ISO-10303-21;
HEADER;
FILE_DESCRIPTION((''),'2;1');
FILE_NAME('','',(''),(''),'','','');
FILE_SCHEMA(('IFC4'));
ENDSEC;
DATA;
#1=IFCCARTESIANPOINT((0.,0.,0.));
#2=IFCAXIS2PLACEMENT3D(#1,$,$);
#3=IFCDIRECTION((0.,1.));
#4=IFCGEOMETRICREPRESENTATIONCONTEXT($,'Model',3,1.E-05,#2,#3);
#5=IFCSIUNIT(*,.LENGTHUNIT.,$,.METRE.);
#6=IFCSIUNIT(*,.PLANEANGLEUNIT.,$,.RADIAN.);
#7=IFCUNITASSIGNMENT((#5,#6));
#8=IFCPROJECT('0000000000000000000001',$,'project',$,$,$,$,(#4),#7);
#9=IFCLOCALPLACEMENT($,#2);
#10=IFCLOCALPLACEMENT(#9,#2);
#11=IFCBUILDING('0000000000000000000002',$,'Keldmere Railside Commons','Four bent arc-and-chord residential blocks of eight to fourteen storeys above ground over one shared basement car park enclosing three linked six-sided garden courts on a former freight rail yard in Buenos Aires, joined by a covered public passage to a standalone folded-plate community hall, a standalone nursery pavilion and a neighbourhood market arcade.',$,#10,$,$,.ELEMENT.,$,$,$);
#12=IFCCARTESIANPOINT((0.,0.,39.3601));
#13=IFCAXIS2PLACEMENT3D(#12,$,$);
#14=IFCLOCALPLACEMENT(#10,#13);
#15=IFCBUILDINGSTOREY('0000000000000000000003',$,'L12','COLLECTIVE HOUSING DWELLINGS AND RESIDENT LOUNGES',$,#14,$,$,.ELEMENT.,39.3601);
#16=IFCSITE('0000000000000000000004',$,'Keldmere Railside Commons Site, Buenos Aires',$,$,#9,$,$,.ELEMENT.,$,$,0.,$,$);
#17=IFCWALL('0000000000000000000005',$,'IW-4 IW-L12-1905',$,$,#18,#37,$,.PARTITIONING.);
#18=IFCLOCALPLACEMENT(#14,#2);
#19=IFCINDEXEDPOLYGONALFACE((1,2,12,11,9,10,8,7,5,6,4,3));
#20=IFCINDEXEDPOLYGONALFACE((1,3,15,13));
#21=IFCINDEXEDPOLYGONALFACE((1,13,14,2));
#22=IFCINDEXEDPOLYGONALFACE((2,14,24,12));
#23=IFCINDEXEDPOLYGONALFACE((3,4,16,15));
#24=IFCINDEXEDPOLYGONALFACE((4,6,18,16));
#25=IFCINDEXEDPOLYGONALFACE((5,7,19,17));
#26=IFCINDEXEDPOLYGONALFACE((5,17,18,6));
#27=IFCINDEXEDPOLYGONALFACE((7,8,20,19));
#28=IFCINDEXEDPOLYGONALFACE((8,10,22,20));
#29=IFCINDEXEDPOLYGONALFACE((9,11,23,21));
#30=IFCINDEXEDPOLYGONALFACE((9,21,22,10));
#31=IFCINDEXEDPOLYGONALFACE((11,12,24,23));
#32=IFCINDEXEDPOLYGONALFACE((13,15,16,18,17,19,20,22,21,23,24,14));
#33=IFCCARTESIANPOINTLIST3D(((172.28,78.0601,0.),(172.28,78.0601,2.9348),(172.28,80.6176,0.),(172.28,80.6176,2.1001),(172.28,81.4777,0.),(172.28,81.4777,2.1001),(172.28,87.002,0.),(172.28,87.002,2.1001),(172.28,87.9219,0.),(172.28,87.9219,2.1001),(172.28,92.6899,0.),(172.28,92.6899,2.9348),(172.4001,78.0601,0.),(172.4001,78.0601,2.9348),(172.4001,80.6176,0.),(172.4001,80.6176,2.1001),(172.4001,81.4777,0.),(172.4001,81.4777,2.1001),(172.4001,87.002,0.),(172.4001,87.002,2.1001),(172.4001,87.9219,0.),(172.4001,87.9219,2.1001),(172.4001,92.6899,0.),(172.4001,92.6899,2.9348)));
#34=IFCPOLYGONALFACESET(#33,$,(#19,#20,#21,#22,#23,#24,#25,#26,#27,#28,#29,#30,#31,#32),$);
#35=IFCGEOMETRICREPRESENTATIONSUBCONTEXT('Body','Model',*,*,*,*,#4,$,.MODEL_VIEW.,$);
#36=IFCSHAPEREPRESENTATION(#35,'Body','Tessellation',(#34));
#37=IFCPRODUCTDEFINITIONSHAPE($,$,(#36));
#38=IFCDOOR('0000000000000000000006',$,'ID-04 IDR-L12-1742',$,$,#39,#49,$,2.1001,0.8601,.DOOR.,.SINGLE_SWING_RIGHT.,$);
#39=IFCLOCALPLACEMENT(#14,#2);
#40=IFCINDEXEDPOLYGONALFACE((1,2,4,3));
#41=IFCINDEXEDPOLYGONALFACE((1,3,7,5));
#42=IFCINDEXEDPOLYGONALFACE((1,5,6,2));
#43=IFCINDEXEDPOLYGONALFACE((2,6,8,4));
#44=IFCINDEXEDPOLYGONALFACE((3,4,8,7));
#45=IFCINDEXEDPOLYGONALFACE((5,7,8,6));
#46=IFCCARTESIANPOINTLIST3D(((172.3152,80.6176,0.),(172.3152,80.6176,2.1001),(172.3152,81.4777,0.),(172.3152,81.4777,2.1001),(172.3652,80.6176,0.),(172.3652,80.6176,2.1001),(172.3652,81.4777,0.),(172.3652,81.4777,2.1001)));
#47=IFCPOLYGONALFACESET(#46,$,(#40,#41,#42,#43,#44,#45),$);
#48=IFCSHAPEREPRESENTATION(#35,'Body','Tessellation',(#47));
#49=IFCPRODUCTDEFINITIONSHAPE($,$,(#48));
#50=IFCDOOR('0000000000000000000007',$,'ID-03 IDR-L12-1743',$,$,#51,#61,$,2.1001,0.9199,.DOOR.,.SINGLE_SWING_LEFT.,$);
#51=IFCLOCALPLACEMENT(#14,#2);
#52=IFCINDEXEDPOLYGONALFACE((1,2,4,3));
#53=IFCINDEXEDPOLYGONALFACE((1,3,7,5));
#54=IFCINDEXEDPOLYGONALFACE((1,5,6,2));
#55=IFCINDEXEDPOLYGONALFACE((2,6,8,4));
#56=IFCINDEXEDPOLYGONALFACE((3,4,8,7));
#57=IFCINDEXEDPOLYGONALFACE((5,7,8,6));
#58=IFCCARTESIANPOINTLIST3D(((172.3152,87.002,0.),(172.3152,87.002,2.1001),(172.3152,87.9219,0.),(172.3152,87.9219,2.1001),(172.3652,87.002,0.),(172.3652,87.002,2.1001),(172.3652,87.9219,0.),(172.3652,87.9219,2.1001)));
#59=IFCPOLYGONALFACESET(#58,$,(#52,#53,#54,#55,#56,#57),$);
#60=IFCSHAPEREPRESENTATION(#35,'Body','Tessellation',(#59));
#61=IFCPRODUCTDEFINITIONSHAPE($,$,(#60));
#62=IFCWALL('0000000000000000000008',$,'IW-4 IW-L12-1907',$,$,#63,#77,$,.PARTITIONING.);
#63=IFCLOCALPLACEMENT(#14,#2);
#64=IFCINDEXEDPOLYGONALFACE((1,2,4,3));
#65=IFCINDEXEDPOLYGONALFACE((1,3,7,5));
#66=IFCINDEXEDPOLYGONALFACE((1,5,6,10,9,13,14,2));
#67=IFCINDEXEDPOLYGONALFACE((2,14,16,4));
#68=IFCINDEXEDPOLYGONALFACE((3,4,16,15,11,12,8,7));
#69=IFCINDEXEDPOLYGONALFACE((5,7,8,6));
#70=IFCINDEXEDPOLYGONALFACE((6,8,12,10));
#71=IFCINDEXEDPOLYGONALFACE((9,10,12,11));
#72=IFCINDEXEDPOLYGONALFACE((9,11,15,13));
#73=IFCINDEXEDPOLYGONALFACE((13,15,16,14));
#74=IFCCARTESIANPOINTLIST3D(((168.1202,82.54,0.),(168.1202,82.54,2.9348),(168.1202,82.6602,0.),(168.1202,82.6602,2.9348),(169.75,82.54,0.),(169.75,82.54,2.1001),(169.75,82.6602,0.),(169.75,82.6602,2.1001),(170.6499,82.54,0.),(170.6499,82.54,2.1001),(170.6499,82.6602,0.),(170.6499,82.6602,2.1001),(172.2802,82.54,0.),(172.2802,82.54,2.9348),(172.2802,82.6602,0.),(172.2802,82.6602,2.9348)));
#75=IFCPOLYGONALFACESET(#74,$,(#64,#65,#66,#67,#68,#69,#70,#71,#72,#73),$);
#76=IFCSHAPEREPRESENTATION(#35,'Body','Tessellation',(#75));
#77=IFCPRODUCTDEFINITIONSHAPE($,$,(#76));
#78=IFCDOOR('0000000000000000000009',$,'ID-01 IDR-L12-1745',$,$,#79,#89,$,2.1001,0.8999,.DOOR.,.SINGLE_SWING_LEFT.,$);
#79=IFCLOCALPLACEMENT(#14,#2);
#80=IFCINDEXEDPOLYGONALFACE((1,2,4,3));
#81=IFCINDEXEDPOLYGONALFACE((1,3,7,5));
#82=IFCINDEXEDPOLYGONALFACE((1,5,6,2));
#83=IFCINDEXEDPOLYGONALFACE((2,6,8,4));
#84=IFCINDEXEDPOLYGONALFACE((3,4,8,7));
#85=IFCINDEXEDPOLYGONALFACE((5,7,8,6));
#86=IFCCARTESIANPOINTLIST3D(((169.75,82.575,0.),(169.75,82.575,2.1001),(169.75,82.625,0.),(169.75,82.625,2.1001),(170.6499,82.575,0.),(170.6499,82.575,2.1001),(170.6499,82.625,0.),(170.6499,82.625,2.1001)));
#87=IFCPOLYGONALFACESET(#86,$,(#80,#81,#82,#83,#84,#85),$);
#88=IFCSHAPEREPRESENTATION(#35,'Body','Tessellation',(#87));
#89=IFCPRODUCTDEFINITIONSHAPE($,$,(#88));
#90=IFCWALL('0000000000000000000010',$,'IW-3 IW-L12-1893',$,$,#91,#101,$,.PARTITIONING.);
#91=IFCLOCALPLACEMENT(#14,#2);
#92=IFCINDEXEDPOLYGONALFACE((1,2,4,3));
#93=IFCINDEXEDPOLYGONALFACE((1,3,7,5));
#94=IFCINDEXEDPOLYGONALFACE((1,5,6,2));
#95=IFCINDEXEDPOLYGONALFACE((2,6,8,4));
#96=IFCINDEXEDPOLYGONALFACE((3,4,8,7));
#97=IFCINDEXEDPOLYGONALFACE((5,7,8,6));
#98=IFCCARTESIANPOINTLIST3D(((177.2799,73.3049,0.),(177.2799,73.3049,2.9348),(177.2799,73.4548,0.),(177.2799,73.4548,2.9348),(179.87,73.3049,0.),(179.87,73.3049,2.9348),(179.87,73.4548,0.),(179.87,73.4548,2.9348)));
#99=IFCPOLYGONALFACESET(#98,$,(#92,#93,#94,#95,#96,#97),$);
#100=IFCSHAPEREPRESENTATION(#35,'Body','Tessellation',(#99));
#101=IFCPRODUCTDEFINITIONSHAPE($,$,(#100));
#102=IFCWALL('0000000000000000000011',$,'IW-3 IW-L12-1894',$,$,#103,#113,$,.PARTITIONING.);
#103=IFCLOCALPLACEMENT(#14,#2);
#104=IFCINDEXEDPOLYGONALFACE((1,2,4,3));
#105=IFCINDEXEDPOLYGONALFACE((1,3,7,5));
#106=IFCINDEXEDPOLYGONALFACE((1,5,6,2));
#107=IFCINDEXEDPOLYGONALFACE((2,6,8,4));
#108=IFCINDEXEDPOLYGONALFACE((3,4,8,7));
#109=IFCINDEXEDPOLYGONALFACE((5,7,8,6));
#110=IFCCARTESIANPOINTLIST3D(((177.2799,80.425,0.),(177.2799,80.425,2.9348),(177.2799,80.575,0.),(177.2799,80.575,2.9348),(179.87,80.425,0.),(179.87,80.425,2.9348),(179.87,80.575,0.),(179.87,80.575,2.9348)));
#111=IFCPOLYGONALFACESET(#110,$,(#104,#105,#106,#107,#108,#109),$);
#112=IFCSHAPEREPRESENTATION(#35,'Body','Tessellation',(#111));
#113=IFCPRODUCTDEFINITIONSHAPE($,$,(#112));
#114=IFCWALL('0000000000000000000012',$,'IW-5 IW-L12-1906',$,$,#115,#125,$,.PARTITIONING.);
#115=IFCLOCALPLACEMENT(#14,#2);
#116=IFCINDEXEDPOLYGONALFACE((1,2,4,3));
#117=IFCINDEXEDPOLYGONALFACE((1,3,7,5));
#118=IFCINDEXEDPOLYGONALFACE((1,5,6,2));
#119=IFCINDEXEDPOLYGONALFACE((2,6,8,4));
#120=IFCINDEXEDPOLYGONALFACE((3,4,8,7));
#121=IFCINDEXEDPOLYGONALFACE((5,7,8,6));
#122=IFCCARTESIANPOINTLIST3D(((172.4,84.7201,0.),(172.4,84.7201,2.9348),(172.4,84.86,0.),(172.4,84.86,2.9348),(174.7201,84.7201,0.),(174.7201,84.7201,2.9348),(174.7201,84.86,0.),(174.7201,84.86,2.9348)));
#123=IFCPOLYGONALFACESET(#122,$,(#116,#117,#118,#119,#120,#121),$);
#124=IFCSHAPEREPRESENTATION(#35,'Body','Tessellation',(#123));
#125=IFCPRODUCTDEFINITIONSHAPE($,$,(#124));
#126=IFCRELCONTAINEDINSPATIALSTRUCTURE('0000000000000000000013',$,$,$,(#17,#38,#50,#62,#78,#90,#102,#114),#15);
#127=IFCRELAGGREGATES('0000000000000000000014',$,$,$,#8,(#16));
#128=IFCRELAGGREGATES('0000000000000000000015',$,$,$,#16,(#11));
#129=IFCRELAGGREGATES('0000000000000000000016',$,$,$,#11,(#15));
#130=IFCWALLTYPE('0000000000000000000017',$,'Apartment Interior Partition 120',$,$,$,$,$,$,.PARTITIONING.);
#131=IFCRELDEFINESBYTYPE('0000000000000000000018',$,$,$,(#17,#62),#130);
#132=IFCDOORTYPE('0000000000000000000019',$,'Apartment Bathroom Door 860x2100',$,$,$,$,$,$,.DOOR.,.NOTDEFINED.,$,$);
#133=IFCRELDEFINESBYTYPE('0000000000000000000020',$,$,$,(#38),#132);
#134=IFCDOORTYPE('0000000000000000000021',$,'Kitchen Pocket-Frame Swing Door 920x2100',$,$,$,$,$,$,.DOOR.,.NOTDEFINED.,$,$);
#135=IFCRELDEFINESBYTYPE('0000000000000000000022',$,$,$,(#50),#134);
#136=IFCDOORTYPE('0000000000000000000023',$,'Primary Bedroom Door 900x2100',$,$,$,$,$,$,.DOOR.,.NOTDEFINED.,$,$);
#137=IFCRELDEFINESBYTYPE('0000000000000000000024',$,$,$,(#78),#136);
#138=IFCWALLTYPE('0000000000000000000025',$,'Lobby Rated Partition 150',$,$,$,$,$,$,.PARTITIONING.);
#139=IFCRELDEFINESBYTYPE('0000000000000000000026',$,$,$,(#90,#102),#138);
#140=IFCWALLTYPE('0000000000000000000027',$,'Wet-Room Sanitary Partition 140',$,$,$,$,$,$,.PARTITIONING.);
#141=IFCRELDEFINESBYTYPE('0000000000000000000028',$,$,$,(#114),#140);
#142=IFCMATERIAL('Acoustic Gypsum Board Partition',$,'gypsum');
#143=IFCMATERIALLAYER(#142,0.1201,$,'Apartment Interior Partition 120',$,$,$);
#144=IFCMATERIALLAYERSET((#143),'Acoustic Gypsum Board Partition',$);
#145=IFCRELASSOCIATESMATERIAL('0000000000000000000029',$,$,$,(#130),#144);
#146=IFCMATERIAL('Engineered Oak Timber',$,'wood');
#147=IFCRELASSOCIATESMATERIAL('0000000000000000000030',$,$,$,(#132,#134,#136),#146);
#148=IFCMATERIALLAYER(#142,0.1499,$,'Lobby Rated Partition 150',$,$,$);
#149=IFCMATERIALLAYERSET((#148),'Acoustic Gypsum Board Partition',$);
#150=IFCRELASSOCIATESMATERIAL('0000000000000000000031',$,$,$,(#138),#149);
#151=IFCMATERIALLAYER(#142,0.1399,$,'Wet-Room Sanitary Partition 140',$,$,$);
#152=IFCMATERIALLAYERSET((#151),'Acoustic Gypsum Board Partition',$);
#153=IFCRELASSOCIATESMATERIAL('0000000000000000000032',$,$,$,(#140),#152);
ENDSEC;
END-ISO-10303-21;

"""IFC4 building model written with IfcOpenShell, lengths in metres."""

from ifc_helpers import new_model, si_unit, direction, frame, frame_2d, origin, place, context, subcontext, project, spatial, rectangle, extrude, material, layer, layer_set, type_object, element, fill, save


model = new_model("IFC4")

# Units and contexts
model_context = context("Model", 3, precision=1e-05, world=origin(), true_north=direction((0.0, 1.0)))
body_context = subcontext(model_context, "Body", "Model", "MODEL_VIEW")
ifc_project = project(units=[si_unit("LENGTHUNIT", "METRE"), si_unit("PLANEANGLEUNIT", "RADIAN")], contexts=[model_context])

# Site, building, storey
site_placement = place(None, origin())
site = spatial("IfcSite", under=ifc_project, at=site_placement, Name="Keldmere Railside Commons Site, Buenos Aires", CompositionType="ELEMENT", RefElevation=0.0)
building_placement = place(site_placement, origin())
building = spatial("IfcBuilding", under=site, at=building_placement, Name="Keldmere Railside Commons", Description="Four bent arc-and-chord residential blocks of eight to fourteen storeys above ground over one shared basement car park enclosing three linked six-sided garden courts on a former freight rail yard in Buenos Aires, joined by a covered public passage to a standalone folded-plate community hall, a standalone nursery pavilion and a neighbourhood market arcade.", CompositionType="ELEMENT")
storey_placement = place(building_placement, frame((0.0, 0.0, 39.3601)))
storey = spatial("IfcBuildingStorey", under=building, at=storey_placement, Name="L12", Description="COLLECTIVE HOUSING DWELLINGS AND RESIDENT LOUNGES", CompositionType="ELEMENT", Elevation=39.3601)

# Shared definitions
ifc_material_1 = material(Name="Acoustic Gypsum Board Partition", Category="gypsum")

# Wall, openings, doors
ifc_layer_1 = layer(ifc_material_1, 0.1201, Name="Apartment Interior Partition 120")
ifc_layer_set_1 = layer_set([ifc_layer_1], Name="Acoustic Gypsum Board Partition")
wall_type_1 = type_object("IfcWallType", Name="Apartment Interior Partition 120", PredefinedType="PARTITIONING", material=ifc_layer_set_1)
wall_1_placement = place(storey_placement, frame((172.3401, 78.0601, 0.0), z_axis=(0.0, 0.0, 1.0), x_axis=(0.0, 1.0, 0.0)))
wall_1 = element("IfcWall", 1, at=wall_1_placement, inside=storey, type_object=wall_type_1, Name="IW-4 IW-L12-1905", PredefinedType="PARTITIONING", context=body_context, shape_type="SweptSolid", body=[
    extrude(rectangle(XDim=14.6299, YDim=0.1201, at=frame_2d((7.3149, 0.0))), origin(), (0.0, 0.0, 1.0), 2.9348),
])
opening_1_placement = place(wall_1_placement, frame((2.5574, 0.0, 0.0)))
opening_1 = element("IfcOpeningElement", 2, at=opening_1_placement, cuts=wall_1, PredefinedType="OPENING", context=body_context, shape_type="SweptSolid", body=[
    extrude(rectangle(XDim=0.8601, YDim=2.1001, at=frame_2d((0.4302, 1.05))), frame((0.0, 0.0701, 0.0), z_axis=(0.0, -1.0, 0.0), x_axis=(1.0, 0.0, 0.0)), (0.0, 0.0, 1.0), 0.1401),
])
opening_2_placement = place(wall_1_placement, frame((8.9419, 0.0, 0.0)))
opening_2 = element("IfcOpeningElement", 3, at=opening_2_placement, cuts=wall_1, PredefinedType="OPENING", context=body_context, shape_type="SweptSolid", body=[
    extrude(rectangle(XDim=0.9199, YDim=2.1001, at=frame_2d((0.46, 1.05))), frame((0.0, 0.0701, 0.0), z_axis=(0.0, -1.0, 0.0), x_axis=(1.0, 0.0, 0.0)), (0.0, 0.0, 1.0), 0.1401),
])
ifc_material_2 = material(Name="Engineered Oak Timber", Category="wood")
door_type_1 = type_object("IfcDoorType", Name="Apartment Bathroom Door 860x2100", OperationType="NOTDEFINED", PredefinedType="DOOR", material=ifc_material_2)
door_1_placement = place(opening_1_placement, origin())
door_1 = element("IfcDoor", 4, at=door_1_placement, inside=storey, type_object=door_type_1, Name="ID-04 IDR-L12-1742", OperationType="SINGLE_SWING_RIGHT", OverallHeight=2.1001, OverallWidth=0.8601, PredefinedType="DOOR", context=body_context, shape_type="SweptSolid", body=[
    extrude(rectangle(XDim=0.8601, YDim=2.1001, at=frame_2d((0.4302, 1.05))), frame((0.0, 0.0249, 0.0), z_axis=(0.0, -1.0, 0.0), x_axis=(1.0, 0.0, 0.0)), (0.0, 0.0, 1.0), 0.05),
])
fill(opening_1, door_1)
door_type_2 = type_object("IfcDoorType", Name="Kitchen Pocket-Frame Swing Door 920x2100", OperationType="NOTDEFINED", PredefinedType="DOOR", material=ifc_material_2)
door_2_placement = place(opening_2_placement, origin())
door_2 = element("IfcDoor", 5, at=door_2_placement, inside=storey, type_object=door_type_2, Name="ID-03 IDR-L12-1743", OperationType="SINGLE_SWING_LEFT", OverallHeight=2.1001, OverallWidth=0.9199, PredefinedType="DOOR", context=body_context, shape_type="SweptSolid", body=[
    extrude(rectangle(XDim=0.9199, YDim=2.1001, at=frame_2d((0.46, 1.05))), frame((0.0, 0.0249, 0.0), z_axis=(0.0, -1.0, 0.0), x_axis=(1.0, 0.0, 0.0)), (0.0, 0.0, 1.0), 0.05),
])
fill(opening_2, door_2)

# Wall, opening, door
wall_2_placement = place(storey_placement, frame((168.1201, 82.6001, 0.0), z_axis=(0.0, 0.0, 1.0), x_axis=(1.0, 0.0, 0.0)))
wall_2 = element("IfcWall", 6, at=wall_2_placement, inside=storey, type_object=wall_type_1, Name="IW-4 IW-L12-1907", PredefinedType="PARTITIONING", context=body_context, shape_type="SweptSolid", body=[
    extrude(rectangle(XDim=4.1599, YDim=0.1201, at=frame_2d((2.0801, 0.0))), origin(), (0.0, 0.0, 1.0), 2.9348),
])
opening_3_placement = place(wall_2_placement, frame((1.6299, 0.0, 0.0)))
opening_3 = element("IfcOpeningElement", 7, at=opening_3_placement, cuts=wall_2, PredefinedType="OPENING", context=body_context, shape_type="SweptSolid", body=[
    extrude(rectangle(XDim=0.8999, YDim=2.1001, at=frame_2d((0.45, 1.05))), frame((0.0, 0.0701, 0.0), z_axis=(0.0, -1.0, 0.0), x_axis=(1.0, 0.0, 0.0)), (0.0, 0.0, 1.0), 0.1401),
])
door_type_3 = type_object("IfcDoorType", Name="Primary Bedroom Door 900x2100", OperationType="NOTDEFINED", PredefinedType="DOOR", material=ifc_material_2)
door_3_placement = place(opening_3_placement, origin())
door_3 = element("IfcDoor", 8, at=door_3_placement, inside=storey, type_object=door_type_3, Name="ID-01 IDR-L12-1745", OperationType="SINGLE_SWING_LEFT", OverallHeight=2.1001, OverallWidth=0.8999, PredefinedType="DOOR", context=body_context, shape_type="SweptSolid", body=[
    extrude(rectangle(XDim=0.8999, YDim=2.1001, at=frame_2d((0.45, 1.05))), frame((0.0, 0.0249, 0.0), z_axis=(0.0, -1.0, 0.0), x_axis=(1.0, 0.0, 0.0)), (0.0, 0.0, 1.0), 0.05),
])
fill(opening_3, door_3)

# Walls
ifc_layer_2 = layer(ifc_material_1, 0.1499, Name="Lobby Rated Partition 150")
ifc_layer_set_2 = layer_set([ifc_layer_2], Name="Acoustic Gypsum Board Partition")
wall_type_2 = type_object("IfcWallType", Name="Lobby Rated Partition 150", PredefinedType="PARTITIONING", material=ifc_layer_set_2)
for number, where, z_axis, x_axis, name in (
    (9, (177.28, 73.3799, 0.0), (0.0, 0.0, 1.0), (1.0, 0.0, 0.0), "IW-3 IW-L12-1893"),
    (10, (177.28, 80.5, 0.0), (0.0, 0.0, 1.0), (1.0, 0.0, 0.0), "IW-3 IW-L12-1894"),
):
    element("IfcWall", number, at=place(storey_placement, frame(where, z_axis=z_axis, x_axis=x_axis)), inside=storey, type_object=wall_type_2, Name=name, PredefinedType="PARTITIONING", context=body_context, shape_type="SweptSolid", body=[
        extrude(rectangle(XDim=2.5901, YDim=0.1499, at=frame_2d((1.2949, 0.0))), origin(), (0.0, 0.0, 1.0), 2.9348),
    ])
ifc_layer_3 = layer(ifc_material_1, 0.1399, Name="Wet-Room Sanitary Partition 140")
ifc_layer_set_3 = layer_set([ifc_layer_3], Name="Acoustic Gypsum Board Partition")
wall_type_3 = type_object("IfcWallType", Name="Wet-Room Sanitary Partition 140", PredefinedType="PARTITIONING", material=ifc_layer_set_3)
wall_3_placement = place(storey_placement, frame((172.3999, 84.79, 0.0), z_axis=(0.0, 0.0, 1.0), x_axis=(1.0, 0.0, 0.0)))
element("IfcWall", 11, at=wall_3_placement, inside=storey, type_object=wall_type_3, Name="IW-5 IW-L12-1906", PredefinedType="PARTITIONING", context=body_context, shape_type="SweptSolid", body=[
    extrude(rectangle(XDim=2.3201, YDim=0.1399, at=frame_2d((1.1602, 0.0))), origin(), (0.0, 0.0, 1.0), 2.9348),
])

save(model, "model.ifc")
